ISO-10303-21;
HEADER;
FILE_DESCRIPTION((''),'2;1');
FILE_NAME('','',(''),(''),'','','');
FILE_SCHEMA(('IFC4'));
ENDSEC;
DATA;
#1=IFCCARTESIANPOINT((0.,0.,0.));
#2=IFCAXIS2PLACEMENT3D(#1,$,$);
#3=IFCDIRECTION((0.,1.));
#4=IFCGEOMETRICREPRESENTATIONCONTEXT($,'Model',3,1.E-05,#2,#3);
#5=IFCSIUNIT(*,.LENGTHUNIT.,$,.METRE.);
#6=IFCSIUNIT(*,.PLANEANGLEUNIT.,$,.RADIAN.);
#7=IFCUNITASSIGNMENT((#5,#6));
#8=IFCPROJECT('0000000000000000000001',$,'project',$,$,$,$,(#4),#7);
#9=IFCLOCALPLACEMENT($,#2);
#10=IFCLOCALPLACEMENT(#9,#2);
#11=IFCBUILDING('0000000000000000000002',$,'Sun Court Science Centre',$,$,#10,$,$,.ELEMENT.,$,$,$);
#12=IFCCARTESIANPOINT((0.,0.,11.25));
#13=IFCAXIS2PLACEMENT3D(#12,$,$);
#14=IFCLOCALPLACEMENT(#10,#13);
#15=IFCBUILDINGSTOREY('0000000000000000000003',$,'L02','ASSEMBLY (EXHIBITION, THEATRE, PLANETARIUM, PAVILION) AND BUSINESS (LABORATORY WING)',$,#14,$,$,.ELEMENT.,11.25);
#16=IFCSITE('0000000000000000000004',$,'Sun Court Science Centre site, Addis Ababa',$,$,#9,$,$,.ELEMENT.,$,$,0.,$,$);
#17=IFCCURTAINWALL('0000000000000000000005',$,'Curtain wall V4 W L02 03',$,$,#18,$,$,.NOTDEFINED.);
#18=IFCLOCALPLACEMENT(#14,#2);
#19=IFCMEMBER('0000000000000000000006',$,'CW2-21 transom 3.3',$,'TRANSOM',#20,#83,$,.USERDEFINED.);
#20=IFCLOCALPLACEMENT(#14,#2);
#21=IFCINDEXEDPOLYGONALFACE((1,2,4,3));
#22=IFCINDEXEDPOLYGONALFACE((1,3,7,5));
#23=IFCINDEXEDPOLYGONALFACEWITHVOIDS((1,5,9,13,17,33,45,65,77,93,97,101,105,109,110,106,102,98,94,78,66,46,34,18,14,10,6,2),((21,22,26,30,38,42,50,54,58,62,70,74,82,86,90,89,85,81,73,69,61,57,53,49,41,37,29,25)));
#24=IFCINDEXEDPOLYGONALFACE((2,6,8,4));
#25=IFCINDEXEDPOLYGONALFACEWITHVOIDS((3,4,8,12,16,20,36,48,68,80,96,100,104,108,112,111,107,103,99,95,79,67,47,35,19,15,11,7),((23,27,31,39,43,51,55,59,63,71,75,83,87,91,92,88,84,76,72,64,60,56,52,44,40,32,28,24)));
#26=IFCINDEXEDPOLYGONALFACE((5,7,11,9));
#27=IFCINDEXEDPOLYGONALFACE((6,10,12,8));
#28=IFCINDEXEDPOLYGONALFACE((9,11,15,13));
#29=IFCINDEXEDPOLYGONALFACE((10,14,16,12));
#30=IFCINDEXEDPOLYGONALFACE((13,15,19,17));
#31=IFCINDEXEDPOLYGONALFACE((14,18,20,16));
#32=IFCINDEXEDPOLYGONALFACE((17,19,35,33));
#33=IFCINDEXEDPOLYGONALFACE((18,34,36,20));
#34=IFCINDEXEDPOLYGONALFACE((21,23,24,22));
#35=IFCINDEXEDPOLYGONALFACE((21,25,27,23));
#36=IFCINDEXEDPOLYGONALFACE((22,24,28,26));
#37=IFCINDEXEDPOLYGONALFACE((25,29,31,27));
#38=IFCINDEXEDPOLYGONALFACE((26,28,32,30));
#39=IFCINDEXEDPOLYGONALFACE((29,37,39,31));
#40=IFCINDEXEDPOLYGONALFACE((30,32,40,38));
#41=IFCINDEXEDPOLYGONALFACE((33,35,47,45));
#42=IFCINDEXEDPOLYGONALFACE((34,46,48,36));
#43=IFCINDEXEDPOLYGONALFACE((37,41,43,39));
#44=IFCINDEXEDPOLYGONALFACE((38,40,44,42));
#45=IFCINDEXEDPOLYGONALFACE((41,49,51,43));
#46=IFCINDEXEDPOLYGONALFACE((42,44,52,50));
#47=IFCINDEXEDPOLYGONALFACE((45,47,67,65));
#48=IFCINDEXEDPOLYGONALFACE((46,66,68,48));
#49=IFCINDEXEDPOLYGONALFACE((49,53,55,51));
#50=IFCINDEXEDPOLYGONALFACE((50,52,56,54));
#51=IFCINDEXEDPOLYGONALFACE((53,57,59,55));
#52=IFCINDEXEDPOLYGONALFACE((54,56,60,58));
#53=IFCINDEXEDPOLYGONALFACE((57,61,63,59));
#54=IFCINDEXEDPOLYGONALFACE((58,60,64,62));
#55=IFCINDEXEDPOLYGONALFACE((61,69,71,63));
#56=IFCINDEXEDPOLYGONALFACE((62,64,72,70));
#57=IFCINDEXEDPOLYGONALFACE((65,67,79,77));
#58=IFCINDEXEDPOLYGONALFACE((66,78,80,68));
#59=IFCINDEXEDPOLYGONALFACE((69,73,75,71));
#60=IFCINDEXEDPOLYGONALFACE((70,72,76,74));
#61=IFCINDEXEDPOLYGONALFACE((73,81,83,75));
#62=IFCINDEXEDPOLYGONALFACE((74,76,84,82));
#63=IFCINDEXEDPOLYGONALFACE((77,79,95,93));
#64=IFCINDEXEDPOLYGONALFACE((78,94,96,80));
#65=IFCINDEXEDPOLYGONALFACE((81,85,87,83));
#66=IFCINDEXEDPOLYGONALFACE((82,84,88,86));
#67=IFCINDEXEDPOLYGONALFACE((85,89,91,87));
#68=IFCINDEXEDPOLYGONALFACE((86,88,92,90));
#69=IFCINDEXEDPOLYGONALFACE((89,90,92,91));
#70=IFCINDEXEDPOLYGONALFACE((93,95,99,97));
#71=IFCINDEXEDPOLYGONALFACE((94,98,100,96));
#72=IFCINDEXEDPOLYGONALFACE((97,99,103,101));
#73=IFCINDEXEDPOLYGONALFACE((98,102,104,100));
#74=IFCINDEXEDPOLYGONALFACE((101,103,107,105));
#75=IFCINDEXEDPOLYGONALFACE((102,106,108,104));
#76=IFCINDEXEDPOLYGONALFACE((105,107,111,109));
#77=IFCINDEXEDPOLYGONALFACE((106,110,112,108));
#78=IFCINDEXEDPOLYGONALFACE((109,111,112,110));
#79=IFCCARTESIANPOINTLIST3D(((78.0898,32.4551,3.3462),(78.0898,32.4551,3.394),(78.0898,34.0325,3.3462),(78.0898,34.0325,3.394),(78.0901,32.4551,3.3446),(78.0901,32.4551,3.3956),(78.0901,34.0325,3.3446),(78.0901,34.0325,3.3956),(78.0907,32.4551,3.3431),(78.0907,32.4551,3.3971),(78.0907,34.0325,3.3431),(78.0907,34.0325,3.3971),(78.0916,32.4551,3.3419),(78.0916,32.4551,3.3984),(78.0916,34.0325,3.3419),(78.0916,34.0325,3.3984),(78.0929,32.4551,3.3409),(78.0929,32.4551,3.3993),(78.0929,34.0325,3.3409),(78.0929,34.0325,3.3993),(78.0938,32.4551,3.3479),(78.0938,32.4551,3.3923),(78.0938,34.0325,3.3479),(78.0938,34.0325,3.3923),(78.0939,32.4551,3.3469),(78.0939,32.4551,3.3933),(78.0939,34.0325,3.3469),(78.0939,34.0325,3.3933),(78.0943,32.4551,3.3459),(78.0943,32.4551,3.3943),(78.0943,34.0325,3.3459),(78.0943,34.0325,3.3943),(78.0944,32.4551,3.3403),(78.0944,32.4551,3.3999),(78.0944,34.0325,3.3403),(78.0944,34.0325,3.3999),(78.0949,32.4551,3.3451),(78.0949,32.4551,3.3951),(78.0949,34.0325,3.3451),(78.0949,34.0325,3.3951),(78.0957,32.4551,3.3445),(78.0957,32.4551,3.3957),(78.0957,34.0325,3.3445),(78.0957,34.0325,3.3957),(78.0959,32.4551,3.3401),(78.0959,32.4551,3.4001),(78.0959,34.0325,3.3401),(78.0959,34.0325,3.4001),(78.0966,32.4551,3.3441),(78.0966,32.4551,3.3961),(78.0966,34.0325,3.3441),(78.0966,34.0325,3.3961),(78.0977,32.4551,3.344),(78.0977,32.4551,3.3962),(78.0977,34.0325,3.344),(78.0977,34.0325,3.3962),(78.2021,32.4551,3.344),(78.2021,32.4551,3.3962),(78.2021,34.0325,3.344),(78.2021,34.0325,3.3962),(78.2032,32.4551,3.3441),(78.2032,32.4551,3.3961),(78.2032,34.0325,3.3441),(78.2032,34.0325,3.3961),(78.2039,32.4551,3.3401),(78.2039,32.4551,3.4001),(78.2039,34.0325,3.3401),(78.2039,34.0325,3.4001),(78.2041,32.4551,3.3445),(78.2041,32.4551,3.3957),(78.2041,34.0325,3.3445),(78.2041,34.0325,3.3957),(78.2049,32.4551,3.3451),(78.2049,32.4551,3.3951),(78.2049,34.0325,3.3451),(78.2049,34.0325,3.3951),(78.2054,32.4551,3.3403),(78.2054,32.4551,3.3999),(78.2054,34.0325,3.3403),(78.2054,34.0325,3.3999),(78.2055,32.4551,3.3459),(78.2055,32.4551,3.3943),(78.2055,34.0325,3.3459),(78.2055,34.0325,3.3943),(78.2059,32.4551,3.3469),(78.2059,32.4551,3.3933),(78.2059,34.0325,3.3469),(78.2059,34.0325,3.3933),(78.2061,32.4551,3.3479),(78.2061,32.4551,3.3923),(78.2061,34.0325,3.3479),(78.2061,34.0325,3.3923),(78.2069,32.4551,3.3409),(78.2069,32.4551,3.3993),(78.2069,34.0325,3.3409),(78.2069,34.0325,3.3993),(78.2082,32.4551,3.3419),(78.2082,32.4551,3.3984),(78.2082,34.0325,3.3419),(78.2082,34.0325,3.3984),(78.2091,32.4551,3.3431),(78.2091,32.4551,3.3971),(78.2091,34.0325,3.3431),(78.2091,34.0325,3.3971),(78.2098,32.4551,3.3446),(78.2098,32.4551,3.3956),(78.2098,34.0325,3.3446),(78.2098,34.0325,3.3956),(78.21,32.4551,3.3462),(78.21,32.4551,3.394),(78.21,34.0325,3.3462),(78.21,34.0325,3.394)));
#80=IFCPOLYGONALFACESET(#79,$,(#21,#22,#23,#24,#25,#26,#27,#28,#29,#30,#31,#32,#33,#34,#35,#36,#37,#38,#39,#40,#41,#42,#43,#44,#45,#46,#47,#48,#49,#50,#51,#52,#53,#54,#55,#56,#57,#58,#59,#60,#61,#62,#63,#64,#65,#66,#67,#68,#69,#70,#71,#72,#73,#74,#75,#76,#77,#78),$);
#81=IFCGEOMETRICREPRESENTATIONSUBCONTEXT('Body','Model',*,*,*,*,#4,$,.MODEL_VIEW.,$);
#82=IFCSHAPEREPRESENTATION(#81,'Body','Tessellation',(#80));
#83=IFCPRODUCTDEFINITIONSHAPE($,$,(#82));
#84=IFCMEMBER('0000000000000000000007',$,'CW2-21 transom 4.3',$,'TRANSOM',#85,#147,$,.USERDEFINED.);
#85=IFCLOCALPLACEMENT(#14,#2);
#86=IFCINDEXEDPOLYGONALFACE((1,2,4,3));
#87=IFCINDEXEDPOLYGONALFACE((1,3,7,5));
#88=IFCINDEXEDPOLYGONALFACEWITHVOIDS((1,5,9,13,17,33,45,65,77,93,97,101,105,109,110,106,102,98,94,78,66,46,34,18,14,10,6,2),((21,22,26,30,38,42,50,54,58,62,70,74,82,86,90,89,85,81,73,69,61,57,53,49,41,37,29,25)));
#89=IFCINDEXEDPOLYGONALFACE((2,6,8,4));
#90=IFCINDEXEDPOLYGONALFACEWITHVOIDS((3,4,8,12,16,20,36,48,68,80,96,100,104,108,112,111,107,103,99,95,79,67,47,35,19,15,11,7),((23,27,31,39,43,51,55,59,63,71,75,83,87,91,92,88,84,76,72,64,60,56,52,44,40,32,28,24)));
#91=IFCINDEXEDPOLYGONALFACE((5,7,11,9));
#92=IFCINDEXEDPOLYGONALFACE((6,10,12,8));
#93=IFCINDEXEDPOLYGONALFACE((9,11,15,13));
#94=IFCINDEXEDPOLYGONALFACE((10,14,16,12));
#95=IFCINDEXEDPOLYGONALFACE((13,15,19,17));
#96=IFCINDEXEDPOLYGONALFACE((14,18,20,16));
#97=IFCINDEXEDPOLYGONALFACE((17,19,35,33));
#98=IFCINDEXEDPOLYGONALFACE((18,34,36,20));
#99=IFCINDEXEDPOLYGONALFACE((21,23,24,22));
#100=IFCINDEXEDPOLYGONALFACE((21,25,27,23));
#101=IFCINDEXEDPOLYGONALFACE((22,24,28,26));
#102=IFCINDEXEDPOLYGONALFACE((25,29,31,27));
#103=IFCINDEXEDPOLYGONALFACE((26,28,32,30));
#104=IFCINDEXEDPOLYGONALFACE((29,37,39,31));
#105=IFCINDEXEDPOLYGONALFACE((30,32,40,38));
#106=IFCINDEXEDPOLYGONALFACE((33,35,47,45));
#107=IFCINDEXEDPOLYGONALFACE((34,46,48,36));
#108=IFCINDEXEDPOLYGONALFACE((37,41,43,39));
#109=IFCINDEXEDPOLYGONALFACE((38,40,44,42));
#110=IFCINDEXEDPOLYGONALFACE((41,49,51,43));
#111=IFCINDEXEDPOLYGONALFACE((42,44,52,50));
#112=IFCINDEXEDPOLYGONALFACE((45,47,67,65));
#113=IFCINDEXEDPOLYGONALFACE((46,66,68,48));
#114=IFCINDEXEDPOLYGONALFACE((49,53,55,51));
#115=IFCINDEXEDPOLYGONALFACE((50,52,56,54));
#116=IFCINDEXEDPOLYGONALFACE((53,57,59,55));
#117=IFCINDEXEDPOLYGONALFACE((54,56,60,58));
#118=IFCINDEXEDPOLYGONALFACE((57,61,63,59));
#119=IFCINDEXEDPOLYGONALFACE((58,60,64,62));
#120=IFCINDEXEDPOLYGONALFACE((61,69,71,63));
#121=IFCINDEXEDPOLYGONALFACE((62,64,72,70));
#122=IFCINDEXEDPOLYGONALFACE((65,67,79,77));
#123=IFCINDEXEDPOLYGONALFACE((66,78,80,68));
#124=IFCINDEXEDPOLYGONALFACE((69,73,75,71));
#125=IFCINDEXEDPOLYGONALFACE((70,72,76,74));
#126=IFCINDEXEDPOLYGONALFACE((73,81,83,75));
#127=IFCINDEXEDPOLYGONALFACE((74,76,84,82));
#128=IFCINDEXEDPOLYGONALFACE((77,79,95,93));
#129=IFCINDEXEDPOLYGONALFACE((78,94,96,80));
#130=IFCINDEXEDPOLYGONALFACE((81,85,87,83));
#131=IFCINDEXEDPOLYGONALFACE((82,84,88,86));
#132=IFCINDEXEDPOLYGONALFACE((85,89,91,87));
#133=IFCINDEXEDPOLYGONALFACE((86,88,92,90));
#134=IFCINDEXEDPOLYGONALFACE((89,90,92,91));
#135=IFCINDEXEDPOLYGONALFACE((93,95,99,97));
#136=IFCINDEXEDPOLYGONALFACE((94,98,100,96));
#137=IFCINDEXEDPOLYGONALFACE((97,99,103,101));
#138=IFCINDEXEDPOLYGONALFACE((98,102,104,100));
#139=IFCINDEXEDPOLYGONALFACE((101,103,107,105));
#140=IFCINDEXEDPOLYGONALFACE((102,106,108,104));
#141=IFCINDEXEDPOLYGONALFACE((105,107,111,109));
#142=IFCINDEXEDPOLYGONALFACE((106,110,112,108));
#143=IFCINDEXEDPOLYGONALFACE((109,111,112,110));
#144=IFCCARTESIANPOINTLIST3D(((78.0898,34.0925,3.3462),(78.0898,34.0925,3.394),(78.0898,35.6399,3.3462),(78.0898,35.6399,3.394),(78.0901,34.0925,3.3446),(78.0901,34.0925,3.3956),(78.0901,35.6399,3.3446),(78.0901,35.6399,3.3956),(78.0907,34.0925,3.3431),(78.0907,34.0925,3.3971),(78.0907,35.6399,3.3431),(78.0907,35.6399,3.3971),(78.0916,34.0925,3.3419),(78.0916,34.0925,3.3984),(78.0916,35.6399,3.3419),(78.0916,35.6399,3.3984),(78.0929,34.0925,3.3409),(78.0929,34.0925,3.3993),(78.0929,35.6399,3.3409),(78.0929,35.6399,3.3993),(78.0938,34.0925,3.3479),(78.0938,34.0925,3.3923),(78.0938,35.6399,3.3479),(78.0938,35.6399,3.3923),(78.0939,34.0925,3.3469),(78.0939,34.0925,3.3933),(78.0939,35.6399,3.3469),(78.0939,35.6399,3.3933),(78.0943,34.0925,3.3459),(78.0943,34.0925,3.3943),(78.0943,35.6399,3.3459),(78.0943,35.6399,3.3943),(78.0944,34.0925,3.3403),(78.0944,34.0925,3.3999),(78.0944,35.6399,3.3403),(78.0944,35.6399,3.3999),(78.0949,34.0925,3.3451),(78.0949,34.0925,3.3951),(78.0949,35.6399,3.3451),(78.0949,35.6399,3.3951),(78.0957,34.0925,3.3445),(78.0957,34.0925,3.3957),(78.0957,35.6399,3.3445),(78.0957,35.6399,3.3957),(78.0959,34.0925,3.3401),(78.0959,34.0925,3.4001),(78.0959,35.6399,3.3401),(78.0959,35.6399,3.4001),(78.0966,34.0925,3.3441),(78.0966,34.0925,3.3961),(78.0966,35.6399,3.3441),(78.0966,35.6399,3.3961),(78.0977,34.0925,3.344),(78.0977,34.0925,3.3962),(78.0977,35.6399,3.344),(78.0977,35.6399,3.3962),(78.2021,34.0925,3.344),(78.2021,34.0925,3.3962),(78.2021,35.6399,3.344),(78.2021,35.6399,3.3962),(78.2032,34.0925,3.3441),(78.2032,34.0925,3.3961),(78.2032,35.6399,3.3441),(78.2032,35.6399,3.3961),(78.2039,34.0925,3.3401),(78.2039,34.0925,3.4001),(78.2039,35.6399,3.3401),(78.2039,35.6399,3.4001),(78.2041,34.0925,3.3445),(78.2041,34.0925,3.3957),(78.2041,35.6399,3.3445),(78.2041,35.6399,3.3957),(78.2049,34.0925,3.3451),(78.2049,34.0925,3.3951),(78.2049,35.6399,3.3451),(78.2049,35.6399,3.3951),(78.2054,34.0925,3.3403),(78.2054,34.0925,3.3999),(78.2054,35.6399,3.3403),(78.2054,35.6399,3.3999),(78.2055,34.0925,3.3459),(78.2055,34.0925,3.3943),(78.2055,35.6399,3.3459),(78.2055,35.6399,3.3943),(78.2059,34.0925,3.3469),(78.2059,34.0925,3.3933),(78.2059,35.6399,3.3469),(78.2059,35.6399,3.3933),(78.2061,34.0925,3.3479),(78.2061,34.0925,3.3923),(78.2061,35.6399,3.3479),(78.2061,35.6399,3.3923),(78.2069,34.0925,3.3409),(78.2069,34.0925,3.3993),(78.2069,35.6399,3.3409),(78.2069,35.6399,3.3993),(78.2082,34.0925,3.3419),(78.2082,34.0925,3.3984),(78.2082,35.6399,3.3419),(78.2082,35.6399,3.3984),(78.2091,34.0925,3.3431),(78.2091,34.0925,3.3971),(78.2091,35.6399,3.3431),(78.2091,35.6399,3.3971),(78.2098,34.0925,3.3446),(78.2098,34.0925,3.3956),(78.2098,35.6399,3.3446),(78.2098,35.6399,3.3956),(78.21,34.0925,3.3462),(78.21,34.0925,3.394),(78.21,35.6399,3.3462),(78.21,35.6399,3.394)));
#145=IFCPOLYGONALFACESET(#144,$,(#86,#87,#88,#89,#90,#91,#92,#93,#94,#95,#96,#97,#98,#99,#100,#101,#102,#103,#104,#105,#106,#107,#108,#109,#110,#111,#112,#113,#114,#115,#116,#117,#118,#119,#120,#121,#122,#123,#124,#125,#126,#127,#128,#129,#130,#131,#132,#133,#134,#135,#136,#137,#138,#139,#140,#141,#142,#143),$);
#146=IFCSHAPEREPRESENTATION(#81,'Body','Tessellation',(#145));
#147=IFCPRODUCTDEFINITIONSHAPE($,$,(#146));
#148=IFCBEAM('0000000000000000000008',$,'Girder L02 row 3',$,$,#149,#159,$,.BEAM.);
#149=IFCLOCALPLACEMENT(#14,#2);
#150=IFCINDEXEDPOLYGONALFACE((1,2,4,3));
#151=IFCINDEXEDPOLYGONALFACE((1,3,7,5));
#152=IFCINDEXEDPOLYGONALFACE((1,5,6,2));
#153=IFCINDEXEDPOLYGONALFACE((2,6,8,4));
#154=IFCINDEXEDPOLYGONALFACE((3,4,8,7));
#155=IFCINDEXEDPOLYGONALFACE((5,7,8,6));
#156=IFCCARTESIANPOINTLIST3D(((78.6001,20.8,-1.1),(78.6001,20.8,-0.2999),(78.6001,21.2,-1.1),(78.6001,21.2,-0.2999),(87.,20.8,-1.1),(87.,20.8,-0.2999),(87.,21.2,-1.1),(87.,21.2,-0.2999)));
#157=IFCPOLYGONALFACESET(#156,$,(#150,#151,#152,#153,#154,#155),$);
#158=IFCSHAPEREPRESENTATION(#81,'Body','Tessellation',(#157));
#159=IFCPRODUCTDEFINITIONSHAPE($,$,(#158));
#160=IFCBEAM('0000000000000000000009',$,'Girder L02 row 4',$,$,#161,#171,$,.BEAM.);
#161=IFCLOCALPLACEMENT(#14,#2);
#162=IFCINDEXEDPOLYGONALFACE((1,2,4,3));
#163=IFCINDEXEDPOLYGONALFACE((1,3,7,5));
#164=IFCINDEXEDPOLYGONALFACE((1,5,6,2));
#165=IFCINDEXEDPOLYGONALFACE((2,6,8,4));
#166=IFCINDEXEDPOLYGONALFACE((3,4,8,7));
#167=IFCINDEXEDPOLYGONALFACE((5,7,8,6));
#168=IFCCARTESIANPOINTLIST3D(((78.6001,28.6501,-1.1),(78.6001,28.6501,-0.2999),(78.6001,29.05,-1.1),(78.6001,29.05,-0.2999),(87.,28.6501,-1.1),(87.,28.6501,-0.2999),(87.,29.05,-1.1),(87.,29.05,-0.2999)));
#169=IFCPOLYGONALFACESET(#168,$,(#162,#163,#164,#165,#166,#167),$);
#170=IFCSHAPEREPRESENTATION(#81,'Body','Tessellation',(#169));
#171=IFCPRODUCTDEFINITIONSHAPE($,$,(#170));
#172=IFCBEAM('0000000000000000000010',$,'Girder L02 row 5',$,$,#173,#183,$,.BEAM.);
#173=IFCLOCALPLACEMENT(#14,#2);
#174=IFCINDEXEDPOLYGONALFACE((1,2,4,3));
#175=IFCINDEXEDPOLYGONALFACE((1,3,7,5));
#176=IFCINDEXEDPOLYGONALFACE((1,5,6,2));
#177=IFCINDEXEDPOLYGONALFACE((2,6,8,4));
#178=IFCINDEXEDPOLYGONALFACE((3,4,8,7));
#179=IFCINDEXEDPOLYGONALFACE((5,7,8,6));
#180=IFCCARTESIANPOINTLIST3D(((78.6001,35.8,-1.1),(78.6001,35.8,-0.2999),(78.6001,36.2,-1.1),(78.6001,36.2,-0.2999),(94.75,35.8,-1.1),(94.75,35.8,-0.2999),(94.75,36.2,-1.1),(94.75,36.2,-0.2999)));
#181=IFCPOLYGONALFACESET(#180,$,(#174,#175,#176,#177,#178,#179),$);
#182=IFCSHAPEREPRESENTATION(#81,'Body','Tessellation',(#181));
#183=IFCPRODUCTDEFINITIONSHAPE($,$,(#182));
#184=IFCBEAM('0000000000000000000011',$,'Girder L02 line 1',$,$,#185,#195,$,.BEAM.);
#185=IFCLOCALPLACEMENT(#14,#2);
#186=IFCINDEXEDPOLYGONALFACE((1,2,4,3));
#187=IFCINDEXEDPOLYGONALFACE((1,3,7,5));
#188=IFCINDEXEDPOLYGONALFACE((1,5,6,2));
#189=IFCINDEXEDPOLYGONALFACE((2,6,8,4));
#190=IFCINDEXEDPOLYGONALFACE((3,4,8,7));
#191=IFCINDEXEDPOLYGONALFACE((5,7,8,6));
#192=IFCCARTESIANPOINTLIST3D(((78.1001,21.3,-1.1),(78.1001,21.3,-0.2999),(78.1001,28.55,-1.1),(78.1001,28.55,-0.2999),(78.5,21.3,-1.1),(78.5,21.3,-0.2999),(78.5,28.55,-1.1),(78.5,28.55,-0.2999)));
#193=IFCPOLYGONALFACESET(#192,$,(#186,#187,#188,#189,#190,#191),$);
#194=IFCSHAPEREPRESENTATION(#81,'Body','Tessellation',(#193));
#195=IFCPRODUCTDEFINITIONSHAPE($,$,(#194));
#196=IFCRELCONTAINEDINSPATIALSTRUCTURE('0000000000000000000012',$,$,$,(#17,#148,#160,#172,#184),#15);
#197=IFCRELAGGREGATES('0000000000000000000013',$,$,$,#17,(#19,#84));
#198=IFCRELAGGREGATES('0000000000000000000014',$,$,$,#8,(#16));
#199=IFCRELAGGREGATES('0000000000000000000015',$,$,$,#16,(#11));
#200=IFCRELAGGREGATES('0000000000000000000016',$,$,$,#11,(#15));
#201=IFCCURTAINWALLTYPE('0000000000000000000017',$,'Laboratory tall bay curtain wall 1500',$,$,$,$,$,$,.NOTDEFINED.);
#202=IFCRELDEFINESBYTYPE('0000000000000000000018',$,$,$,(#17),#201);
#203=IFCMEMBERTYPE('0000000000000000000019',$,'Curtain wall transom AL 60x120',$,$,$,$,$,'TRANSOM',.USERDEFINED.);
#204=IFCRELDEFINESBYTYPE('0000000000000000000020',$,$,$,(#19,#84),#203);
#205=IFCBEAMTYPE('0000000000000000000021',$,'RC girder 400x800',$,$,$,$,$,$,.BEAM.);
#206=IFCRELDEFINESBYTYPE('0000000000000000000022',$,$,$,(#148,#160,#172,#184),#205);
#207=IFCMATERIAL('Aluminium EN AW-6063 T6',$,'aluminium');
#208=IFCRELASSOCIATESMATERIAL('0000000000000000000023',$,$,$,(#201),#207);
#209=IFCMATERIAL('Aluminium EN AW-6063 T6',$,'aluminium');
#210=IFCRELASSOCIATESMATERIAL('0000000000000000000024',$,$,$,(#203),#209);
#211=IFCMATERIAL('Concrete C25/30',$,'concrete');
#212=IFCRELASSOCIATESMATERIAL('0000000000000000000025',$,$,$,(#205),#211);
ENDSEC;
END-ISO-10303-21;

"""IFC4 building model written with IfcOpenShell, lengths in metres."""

from ifc_helpers import new_model, si_unit, direction, frame, origin, origin_2d, place, context, subcontext, project, spatial, rectangle, hollow_rectangle, extrude, material, material_profile, profile_set, type_object, element, aggregate, save


model = new_model("IFC4")

# Units and contexts
model_context = context("Model", 3, precision=1e-05, world=origin(), true_north=direction((0.0, 1.0)))
body_context = subcontext(model_context, "Body", "Model", "MODEL_VIEW")
ifc_project = project(units=[si_unit("LENGTHUNIT", "METRE"), si_unit("PLANEANGLEUNIT", "RADIAN")], contexts=[model_context])

# Site, building, storey
site_placement = place(None, origin())
site = spatial("IfcSite", under=ifc_project, at=site_placement, Name="Sun Court Science Centre site, Addis Ababa", CompositionType="ELEMENT", RefElevation=0.0)
building_placement = place(site_placement, origin())
building = spatial("IfcBuilding", under=site, at=building_placement, Name="Sun Court Science Centre", CompositionType="ELEMENT")
storey_placement = place(building_placement, frame((0.0, 0.0, 11.25)))
storey = spatial("IfcBuildingStorey", under=building, at=storey_placement, Name="L02", Description="ASSEMBLY (EXHIBITION, THEATRE, PLANETARIUM, PAVILION) AND BUSINESS (LABORATORY WING)", CompositionType="ELEMENT", Elevation=11.25)

# Curtain wall, members
ifc_material_1 = material(Name="Aluminium EN AW-6063 T6", Category="aluminium")
curtain_wall_type = type_object("IfcCurtainWallType", Name="Laboratory tall bay curtain wall 1500", PredefinedType="NOTDEFINED", material=ifc_material_1)
curtain_wall_placement = place(storey_placement, origin())
curtain_wall = element("IfcCurtainWall", 1, at=curtain_wall_placement, inside=storey, type_object=curtain_wall_type, Name="Curtain wall V4 W L02 03", PredefinedType="NOTDEFINED")
ifc_material_2 = material(Name="Aluminium EN AW-6063 T6", Category="aluminium")
ifc_material_profile_1 = material_profile(ifc_material_2, hollow_rectangle(XDim=0.0601, YDim=0.1201, WallThickness=0.0039, InnerFilletRadius=0.0039, OuterFilletRadius=0.0061, at=origin_2d()), Name="AL 60x120x4")
ifc_profile_set_1 = profile_set([ifc_material_profile_1], Name="Aluminium EN AW-6063 T6")
member_type_1 = type_object("IfcMemberType", Name="Curtain wall transom AL 60x120", ElementType="TRANSOM", PredefinedType="USERDEFINED", material=ifc_profile_set_1)
member_1_placement = place(storey_placement, frame((78.1499, 32.4551, 3.3701), z_axis=(0.0, 1.0, 0.0), x_axis=(0.0, 0.0, 1.0)))
member_1 = element("IfcMember", 2, at=member_1_placement, type_object=member_type_1, Name="CW2-21 transom 3.3", ObjectType="TRANSOM", PredefinedType="USERDEFINED", context=body_context, shape_type="SweptSolid", body=[
    extrude(hollow_rectangle(XDim=0.0601, YDim=0.1201, WallThickness=0.0039, InnerFilletRadius=0.0039, OuterFilletRadius=0.0061, at=origin_2d()), origin(), (0.0, 0.0, 1.0), 1.5774),
])
member_2_placement = place(storey_placement, frame((78.1499, 34.0925, 3.3701), z_axis=(0.0, 1.0, 0.0), x_axis=(0.0, 0.0, 1.0)))
member_2 = element("IfcMember", 3, at=member_2_placement, type_object=member_type_1, Name="CW2-21 transom 4.3", ObjectType="TRANSOM", PredefinedType="USERDEFINED", context=body_context, shape_type="SweptSolid", body=[
    extrude(hollow_rectangle(XDim=0.0601, YDim=0.1201, WallThickness=0.0039, InnerFilletRadius=0.0039, OuterFilletRadius=0.0061, at=origin_2d()), origin(), (0.0, 0.0, 1.0), 1.5474),
])

# Beams
ifc_material_3 = material(Name="Concrete C25/30", Category="concrete")
ifc_material_profile_2 = material_profile(ifc_material_3, rectangle(XDim=0.3999, YDim=0.8, at=origin_2d()), Name="RC 400x800")
ifc_profile_set_2 = profile_set([ifc_material_profile_2], Name="Concrete C25/30")
beam_type_1 = type_object("IfcBeamType", Name="RC girder 400x800", PredefinedType="BEAM", material=ifc_profile_set_2)
for number, where, z_axis, x_axis, name in (
    (4, (78.6001, 21.0, -0.7), (1.0, 0.0, 0.0), (0.0, 1.0, 0.0), "Girder L02 row 3"),
    (5, (78.6001, 28.8501, -0.7), (1.0, 0.0, 0.0), (0.0, 1.0, 0.0), "Girder L02 row 4"),
):
    element("IfcBeam", number, at=place(storey_placement, frame(where, z_axis=z_axis, x_axis=x_axis)), inside=storey, type_object=beam_type_1, Name=name, PredefinedType="BEAM", context=body_context, shape_type="SweptSolid", body=[
        extrude(rectangle(XDim=0.3999, YDim=0.8, at=origin_2d()), origin(), (0.0, 0.0, 1.0), 8.3999),
    ])
beam_1_placement = place(storey_placement, frame((78.6001, 36.0, -0.7), z_axis=(1.0, 0.0, 0.0), x_axis=(0.0, 1.0, 0.0)))
element("IfcBeam", 6, at=beam_1_placement, inside=storey, type_object=beam_type_1, Name="Girder L02 row 5", PredefinedType="BEAM", context=body_context, shape_type="SweptSolid", body=[
    extrude(rectangle(XDim=0.3999, YDim=0.8, at=origin_2d()), origin(), (0.0, 0.0, 1.0), 16.1499),
])
beam_2_placement = place(storey_placement, frame((78.3, 21.3, -0.7), z_axis=(0.0, 1.0, 0.0), x_axis=(-1.0, 0.0, 0.0)))
element("IfcBeam", 7, at=beam_2_placement, inside=storey, type_object=beam_type_1, Name="Girder L02 line 1", PredefinedType="BEAM", context=body_context, shape_type="SweptSolid", body=[
    extrude(rectangle(XDim=0.3999, YDim=0.8, at=origin_2d()), origin(), (0.0, 0.0, 1.0), 7.25),
])

aggregate(curtain_wall, [member_1, member_2])

save(model, "model.ifc")
